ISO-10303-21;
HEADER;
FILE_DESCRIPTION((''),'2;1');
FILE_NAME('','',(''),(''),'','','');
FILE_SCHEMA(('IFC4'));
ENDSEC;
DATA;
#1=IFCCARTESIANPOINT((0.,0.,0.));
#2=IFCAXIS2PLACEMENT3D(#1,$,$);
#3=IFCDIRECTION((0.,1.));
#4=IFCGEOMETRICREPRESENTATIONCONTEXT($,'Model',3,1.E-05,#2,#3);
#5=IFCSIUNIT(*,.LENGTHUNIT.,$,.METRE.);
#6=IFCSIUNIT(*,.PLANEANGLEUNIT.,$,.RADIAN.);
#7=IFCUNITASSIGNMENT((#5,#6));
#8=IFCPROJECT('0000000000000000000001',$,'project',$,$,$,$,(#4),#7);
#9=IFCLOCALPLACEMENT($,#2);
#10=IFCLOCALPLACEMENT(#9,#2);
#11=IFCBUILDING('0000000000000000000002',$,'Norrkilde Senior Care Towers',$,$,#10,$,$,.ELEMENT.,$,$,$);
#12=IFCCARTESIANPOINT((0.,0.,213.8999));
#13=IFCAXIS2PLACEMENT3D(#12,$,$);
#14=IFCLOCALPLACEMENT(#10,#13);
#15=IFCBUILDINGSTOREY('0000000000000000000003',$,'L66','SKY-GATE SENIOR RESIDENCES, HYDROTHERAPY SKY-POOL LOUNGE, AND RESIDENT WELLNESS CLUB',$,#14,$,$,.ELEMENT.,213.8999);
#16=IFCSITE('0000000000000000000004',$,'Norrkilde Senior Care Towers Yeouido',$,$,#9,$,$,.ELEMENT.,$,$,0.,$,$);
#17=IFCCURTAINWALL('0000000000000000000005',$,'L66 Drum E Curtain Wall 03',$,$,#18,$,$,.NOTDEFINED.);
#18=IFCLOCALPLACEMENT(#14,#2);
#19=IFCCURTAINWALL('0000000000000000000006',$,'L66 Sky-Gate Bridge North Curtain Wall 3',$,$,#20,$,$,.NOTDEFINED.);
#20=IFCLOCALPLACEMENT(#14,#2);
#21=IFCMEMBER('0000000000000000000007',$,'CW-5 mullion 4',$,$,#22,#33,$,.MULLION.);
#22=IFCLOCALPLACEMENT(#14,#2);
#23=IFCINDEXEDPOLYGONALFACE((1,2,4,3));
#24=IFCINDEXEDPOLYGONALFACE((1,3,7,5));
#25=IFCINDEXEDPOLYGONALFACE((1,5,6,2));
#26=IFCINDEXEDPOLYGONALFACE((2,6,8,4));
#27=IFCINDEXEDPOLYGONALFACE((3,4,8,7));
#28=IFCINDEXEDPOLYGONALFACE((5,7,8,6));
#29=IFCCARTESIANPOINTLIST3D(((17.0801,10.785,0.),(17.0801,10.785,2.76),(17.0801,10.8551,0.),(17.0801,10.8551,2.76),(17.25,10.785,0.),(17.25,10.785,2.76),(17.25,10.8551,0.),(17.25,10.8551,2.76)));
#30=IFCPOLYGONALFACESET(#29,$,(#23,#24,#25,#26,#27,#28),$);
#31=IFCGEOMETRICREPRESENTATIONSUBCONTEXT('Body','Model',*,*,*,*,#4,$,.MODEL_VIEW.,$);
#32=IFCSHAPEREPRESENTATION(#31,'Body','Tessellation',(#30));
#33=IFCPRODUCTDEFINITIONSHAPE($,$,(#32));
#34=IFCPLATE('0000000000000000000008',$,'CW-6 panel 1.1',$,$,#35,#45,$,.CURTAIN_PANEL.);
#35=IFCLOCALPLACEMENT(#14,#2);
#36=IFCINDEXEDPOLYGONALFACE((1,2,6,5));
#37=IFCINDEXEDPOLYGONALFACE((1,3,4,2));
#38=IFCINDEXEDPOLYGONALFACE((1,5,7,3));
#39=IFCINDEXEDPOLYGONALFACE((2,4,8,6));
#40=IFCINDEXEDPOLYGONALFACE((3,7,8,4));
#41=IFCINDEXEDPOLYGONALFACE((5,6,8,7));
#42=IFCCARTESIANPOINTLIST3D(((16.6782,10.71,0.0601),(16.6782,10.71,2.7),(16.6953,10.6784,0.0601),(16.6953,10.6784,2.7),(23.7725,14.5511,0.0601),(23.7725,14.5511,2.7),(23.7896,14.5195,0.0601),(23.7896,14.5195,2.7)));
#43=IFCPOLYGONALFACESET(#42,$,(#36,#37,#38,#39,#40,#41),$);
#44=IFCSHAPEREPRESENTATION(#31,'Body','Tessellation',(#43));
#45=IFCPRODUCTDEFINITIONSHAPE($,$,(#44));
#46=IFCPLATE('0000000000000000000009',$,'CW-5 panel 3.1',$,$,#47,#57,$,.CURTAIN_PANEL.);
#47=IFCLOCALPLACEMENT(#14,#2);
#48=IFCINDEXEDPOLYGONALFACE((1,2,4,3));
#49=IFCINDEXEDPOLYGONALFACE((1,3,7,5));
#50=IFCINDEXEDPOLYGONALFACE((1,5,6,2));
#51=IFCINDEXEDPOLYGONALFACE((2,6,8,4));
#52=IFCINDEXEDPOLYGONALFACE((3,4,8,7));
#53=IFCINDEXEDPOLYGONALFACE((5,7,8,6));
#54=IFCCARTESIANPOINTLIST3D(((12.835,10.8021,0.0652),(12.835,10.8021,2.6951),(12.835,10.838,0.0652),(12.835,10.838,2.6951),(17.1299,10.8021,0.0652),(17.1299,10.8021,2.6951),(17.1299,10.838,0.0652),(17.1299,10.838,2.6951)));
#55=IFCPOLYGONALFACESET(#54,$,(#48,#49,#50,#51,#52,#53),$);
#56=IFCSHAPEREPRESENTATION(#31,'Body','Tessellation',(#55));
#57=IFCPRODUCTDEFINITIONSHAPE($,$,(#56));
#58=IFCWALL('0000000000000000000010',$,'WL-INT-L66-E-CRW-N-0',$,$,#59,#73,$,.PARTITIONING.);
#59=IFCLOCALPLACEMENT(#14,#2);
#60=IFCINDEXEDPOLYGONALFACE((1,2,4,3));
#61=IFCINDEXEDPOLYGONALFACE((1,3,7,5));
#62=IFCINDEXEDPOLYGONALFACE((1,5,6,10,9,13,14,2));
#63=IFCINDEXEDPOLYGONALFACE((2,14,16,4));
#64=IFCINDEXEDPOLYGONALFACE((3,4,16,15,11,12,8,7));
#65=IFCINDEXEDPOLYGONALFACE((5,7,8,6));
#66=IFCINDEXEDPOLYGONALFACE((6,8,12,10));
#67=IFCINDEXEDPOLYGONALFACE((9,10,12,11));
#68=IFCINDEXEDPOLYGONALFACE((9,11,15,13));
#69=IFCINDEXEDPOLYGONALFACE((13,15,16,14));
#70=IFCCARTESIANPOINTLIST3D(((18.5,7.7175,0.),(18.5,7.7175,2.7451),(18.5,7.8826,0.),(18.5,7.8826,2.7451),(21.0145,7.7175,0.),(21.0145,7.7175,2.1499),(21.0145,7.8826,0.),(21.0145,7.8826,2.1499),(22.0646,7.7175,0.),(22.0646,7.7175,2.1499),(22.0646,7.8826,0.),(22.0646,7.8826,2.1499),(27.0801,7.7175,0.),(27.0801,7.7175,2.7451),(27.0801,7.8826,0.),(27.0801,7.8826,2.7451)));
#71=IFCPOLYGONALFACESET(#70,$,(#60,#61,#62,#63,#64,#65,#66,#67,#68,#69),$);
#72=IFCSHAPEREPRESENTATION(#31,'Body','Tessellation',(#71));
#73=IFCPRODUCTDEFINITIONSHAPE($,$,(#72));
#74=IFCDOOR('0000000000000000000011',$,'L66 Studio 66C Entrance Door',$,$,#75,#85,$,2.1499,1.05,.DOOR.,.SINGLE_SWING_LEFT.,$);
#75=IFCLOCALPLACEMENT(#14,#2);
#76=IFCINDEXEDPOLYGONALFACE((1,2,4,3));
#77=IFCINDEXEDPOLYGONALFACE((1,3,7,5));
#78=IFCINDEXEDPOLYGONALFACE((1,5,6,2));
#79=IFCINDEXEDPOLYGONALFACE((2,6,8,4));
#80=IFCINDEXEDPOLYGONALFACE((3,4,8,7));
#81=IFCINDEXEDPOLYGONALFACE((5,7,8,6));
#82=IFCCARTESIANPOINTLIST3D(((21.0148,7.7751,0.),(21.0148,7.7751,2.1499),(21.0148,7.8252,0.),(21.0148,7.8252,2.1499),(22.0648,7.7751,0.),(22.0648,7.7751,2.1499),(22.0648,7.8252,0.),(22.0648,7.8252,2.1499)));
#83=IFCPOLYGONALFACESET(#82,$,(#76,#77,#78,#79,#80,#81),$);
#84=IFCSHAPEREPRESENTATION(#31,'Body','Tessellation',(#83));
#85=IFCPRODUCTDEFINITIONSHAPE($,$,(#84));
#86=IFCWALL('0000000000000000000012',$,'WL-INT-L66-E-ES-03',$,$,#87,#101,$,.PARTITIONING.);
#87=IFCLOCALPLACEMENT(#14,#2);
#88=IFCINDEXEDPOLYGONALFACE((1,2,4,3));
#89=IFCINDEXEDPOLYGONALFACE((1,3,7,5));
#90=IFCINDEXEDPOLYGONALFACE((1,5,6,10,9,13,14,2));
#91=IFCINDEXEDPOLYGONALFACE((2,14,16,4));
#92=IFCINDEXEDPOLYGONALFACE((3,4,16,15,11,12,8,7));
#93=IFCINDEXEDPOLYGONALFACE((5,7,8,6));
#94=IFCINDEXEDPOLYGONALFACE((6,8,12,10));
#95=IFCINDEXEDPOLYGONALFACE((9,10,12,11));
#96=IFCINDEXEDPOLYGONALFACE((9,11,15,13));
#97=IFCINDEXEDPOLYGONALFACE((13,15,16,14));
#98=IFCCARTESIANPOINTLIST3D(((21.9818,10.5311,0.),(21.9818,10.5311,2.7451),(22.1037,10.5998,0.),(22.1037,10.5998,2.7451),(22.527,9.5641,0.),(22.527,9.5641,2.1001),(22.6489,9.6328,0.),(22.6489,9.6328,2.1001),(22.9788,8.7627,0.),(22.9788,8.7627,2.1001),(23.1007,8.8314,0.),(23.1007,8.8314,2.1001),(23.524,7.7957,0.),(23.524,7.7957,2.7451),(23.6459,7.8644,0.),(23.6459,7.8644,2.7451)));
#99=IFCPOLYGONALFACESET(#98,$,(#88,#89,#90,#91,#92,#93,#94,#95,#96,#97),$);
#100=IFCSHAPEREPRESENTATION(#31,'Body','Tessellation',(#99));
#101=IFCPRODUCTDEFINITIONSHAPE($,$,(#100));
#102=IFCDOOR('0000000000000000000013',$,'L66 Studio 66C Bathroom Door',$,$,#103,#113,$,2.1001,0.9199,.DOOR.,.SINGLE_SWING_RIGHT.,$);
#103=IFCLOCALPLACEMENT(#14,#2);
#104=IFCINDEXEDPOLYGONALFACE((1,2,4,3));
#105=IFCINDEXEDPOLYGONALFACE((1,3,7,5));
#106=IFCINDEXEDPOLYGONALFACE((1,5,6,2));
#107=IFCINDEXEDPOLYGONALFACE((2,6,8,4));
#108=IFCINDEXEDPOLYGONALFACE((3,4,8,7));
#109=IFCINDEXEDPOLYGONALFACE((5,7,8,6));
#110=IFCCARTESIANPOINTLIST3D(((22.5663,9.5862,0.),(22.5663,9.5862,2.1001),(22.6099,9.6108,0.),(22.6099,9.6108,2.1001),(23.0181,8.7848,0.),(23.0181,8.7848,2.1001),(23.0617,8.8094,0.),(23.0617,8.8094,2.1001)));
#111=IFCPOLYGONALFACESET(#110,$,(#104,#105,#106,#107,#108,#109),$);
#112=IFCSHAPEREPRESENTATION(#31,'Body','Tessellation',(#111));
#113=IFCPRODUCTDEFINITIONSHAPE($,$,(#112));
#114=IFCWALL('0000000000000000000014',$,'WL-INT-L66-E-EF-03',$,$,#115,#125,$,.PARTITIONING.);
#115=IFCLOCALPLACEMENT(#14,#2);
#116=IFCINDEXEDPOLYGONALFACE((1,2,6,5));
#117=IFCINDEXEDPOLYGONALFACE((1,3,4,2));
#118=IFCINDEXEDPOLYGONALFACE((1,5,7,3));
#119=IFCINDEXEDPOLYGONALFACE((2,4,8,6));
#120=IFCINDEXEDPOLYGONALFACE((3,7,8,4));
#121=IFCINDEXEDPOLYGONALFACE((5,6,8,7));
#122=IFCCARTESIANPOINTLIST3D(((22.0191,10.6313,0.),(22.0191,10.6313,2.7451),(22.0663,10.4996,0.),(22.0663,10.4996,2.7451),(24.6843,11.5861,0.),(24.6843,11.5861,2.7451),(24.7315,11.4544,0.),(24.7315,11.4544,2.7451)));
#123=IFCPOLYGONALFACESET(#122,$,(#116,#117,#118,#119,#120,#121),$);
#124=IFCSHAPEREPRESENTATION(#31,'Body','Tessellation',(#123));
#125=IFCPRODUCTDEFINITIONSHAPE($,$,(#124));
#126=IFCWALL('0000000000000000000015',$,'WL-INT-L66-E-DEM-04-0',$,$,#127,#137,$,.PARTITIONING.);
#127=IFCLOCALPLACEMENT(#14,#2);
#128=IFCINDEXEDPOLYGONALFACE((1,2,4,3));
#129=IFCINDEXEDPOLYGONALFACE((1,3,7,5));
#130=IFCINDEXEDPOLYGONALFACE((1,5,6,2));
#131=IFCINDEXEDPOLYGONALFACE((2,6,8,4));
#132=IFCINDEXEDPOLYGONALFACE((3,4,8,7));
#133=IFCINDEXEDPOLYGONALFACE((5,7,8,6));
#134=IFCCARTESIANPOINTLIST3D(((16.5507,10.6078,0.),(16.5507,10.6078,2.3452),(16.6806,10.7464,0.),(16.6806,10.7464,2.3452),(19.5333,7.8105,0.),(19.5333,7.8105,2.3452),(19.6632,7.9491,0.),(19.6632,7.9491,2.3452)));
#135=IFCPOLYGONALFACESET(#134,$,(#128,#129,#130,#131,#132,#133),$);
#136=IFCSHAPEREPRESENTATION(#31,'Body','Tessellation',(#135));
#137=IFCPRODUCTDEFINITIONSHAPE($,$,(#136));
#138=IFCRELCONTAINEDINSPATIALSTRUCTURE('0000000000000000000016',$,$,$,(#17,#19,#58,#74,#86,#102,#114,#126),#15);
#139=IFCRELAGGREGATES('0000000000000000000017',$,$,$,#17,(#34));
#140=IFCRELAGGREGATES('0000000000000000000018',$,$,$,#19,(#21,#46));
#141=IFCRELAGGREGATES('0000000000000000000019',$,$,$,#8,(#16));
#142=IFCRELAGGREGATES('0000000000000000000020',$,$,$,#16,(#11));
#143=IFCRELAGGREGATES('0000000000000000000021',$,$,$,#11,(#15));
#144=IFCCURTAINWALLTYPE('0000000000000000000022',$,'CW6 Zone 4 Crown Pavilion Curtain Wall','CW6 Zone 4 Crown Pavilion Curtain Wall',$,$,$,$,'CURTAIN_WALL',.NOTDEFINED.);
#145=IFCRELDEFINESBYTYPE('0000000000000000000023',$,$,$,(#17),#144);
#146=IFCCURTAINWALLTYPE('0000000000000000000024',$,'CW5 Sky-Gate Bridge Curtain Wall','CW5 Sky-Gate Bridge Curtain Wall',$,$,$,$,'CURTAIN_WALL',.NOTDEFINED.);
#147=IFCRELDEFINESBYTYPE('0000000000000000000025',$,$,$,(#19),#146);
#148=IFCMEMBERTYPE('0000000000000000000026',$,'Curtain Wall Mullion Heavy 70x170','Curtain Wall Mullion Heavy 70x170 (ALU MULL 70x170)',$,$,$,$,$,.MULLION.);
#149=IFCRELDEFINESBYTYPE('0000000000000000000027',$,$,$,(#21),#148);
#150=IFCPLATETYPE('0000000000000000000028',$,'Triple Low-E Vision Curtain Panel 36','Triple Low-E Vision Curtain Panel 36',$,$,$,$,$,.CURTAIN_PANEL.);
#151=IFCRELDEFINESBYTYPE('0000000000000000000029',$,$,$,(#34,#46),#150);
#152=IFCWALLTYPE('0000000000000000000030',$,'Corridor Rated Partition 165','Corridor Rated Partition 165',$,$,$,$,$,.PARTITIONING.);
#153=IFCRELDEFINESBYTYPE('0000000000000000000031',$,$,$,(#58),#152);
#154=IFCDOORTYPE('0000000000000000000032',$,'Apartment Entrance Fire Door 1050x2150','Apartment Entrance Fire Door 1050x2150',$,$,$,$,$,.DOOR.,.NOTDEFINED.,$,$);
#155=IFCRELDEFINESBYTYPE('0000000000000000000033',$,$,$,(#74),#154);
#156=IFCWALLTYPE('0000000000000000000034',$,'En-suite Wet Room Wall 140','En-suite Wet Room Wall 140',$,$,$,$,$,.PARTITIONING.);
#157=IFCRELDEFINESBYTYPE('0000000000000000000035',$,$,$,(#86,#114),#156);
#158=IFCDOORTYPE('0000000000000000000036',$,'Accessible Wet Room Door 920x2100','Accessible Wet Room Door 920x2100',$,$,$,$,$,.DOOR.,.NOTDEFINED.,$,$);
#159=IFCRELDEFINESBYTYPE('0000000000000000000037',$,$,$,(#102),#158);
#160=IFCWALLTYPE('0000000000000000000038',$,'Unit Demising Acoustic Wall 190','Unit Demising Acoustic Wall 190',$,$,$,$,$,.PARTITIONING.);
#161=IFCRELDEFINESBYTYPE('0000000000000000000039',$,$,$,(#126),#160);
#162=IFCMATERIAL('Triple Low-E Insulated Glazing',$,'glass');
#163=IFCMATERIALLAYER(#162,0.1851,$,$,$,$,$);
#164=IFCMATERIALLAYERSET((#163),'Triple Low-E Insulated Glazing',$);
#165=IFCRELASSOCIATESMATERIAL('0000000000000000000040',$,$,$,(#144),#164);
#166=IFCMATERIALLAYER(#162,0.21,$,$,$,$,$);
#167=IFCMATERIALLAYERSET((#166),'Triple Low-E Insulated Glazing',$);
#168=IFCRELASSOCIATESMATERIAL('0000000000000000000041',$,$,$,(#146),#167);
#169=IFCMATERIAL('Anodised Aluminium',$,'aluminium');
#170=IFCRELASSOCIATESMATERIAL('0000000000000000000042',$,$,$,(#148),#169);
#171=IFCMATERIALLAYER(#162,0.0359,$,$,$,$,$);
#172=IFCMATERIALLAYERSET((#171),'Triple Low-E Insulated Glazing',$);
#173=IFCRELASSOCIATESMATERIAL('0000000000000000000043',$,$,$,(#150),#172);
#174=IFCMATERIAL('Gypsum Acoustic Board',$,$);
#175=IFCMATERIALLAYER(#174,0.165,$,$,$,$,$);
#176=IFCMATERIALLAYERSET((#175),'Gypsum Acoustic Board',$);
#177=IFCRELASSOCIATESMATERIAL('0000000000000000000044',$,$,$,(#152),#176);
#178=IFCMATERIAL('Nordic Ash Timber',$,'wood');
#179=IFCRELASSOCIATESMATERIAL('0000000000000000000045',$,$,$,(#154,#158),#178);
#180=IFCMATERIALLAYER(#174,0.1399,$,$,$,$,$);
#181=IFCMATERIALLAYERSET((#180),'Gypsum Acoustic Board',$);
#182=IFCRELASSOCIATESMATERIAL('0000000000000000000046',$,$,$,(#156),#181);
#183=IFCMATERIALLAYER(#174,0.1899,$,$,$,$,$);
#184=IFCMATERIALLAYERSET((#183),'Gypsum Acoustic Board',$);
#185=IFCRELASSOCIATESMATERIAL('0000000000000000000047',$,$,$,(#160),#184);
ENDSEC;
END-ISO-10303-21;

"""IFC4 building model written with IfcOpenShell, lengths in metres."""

from ifc_helpers import new_model, si_unit, direction, frame, frame_2d, origin, origin_2d, place, context, subcontext, project, spatial, rectangle, extrude, source, transform, mapped, material, layer, layer_set, material_profile, profile_set, type_object, type_shapes, element, fill, aggregate, save


model = new_model("IFC4")

# Units and contexts
model_context = context("Model", 3, precision=1e-05, world=origin(), true_north=direction((0.0, 1.0)))
body_context = subcontext(model_context, "Body", "Model", "MODEL_VIEW")
ifc_project = project(units=[si_unit("LENGTHUNIT", "METRE"), si_unit("PLANEANGLEUNIT", "RADIAN")], contexts=[model_context])

# Site, building, storey
site_placement = place(None, origin())
site = spatial("IfcSite", under=ifc_project, at=site_placement, Name="Norrkilde Senior Care Towers Yeouido", CompositionType="ELEMENT", RefElevation=0.0)
building_placement = place(site_placement, origin())
building = spatial("IfcBuilding", under=site, at=building_placement, Name="Norrkilde Senior Care Towers", CompositionType="ELEMENT")
storey_placement = place(building_placement, frame((0.0, 0.0, 213.8999)))
storey = spatial("IfcBuildingStorey", under=building, at=storey_placement, Name="L66", Description="SKY-GATE SENIOR RESIDENCES, HYDROTHERAPY SKY-POOL LOUNGE, AND RESIDENT WELLNESS CLUB", CompositionType="ELEMENT", Elevation=213.8999)

# Curtain walls, member
ifc_material_1 = material(Name="Triple Low-E Insulated Glazing", Category="glass")
ifc_layer_1 = layer(ifc_material_1, 0.1851)
ifc_layer_set_1 = layer_set([ifc_layer_1], Name="Triple Low-E Insulated Glazing")
curtain_wall_type_1 = type_object("IfcCurtainWallType", Name="CW6 Zone 4 Crown Pavilion Curtain Wall", Description="CW6 Zone 4 Crown Pavilion Curtain Wall", ElementType="CURTAIN_WALL", PredefinedType="NOTDEFINED", material=ifc_layer_set_1)
curtain_wall_1_placement = place(storey_placement, origin())
curtain_wall_1 = element("IfcCurtainWall", 1, at=curtain_wall_1_placement, inside=storey, type_object=curtain_wall_type_1, Name="L66 Drum E Curtain Wall 03", PredefinedType="NOTDEFINED")
ifc_material_2 = material(Name="Anodised Aluminium", Category="aluminium")
ifc_layer_2 = layer(ifc_material_1, 0.21)
ifc_layer_set_2 = layer_set([ifc_layer_2], Name="Triple Low-E Insulated Glazing")
curtain_wall_type_2 = type_object("IfcCurtainWallType", Name="CW5 Sky-Gate Bridge Curtain Wall", Description="CW5 Sky-Gate Bridge Curtain Wall", ElementType="CURTAIN_WALL", PredefinedType="NOTDEFINED", material=ifc_layer_set_2)
curtain_wall_2_placement = place(storey_placement, origin())
curtain_wall_2 = element("IfcCurtainWall", 2, at=curtain_wall_2_placement, inside=storey, type_object=curtain_wall_type_2, Name="L66 Sky-Gate Bridge North Curtain Wall 3", PredefinedType="NOTDEFINED")
ifc_material_profile_1 = material_profile(ifc_material_2, rectangle(XDim=0.0701, YDim=0.1699, at=origin_2d()), Name="ALU MULL 70x170")
ifc_profile_set_1 = profile_set([ifc_material_profile_1], Name="Anodised Aluminium")
member_type_1 = type_object("IfcMemberType", Name="Curtain Wall Mullion Heavy 70x170", Description="Curtain Wall Mullion Heavy 70x170 (ALU MULL 70x170)", PredefinedType="MULLION", material=ifc_profile_set_1)
shared_shape_1 = source(origin(), body_context, "Body", "SweptSolid", [
    extrude(rectangle(XDim=0.0701, YDim=0.1699, at=origin_2d()), origin(), (0.0, 0.0, 1.0), 2.76),
])
type_shapes(member_type_1, [shared_shape_1])
member_1_placement = place(storey_placement, frame((17.165, 10.8201, 0.0), z_axis=(0.0, 0.0, 1.0), x_axis=(0.0, 1.0, 0.0)))
member_1 = element("IfcMember", 3, at=member_1_placement, type_object=member_type_1, Name="CW-5 mullion 4", PredefinedType="MULLION", context=body_context, shape_type="MappedRepresentation", body=[
    mapped(shared_shape_1, transform((0.0, 0.0, 0.0), x_axis=(1.0, 0.0, 0.0), y_axis=(0.0, 1.0, 0.0), z_axis=(0.0, 0.0, 1.0), scale=1.0)),
])

# Plates
ifc_layer_3 = layer(ifc_material_1, 0.0359)
ifc_layer_set_3 = layer_set([ifc_layer_3], Name="Triple Low-E Insulated Glazing")
plate_type = type_object("IfcPlateType", Name="Triple Low-E Vision Curtain Panel 36", Description="Triple Low-E Vision Curtain Panel 36", PredefinedType="CURTAIN_PANEL", material=ifc_layer_set_3)
shared_shape_2 = source(origin(), body_context, "Body", "SweptSolid", [
    extrude(rectangle(XDim=8.0674, YDim=0.0359, at=origin_2d()), origin(), (0.0, 0.0, 1.0), 2.6399),
])
plate_1_placement = place(storey_placement, frame((20.2339, 12.6147, 0.0601), z_axis=(0.0, 0.0, 1.0), x_axis=(0.879373, 0.476133, 0.0)))
plate_1 = element("IfcPlate", 4, at=plate_1_placement, type_object=plate_type, Name="CW-6 panel 1.1", PredefinedType="CURTAIN_PANEL", context=body_context, shape_type="MappedRepresentation", body=[
    mapped(shared_shape_2, transform((0.0, 0.0, 0.0), x_axis=(1.0, 0.0, 0.0), y_axis=(0.0, 1.0, 0.0), z_axis=(0.0, 0.0, 1.0), scale=1.0)),
])
aggregate(curtain_wall_1, [plate_1])
shared_shape_3 = source(origin(), body_context, "Body", "SweptSolid", [
    extrude(rectangle(XDim=4.2949, YDim=0.0359, at=origin_2d()), origin(), (0.0, 0.0, 1.0), 2.6299),
])
type_shapes(plate_type, [shared_shape_2, shared_shape_3])
plate_2_placement = place(storey_placement, frame((14.9824, 10.8201, 0.0652), z_axis=(0.0, 0.0, 1.0), x_axis=(1.0, 0.0, 0.0)))
plate_2 = element("IfcPlate", 5, at=plate_2_placement, type_object=plate_type, Name="CW-5 panel 3.1", PredefinedType="CURTAIN_PANEL", context=body_context, shape_type="MappedRepresentation", body=[
    mapped(shared_shape_3, transform((0.0, 0.0, 0.0), x_axis=(1.0, 0.0, 0.0), y_axis=(0.0, 1.0, 0.0), z_axis=(0.0, 0.0, 1.0), scale=1.0)),
])
aggregate(curtain_wall_2, [member_1, plate_2])

# Walls, openings, doors
ifc_material_3 = material(Name="Gypsum Acoustic Board")
ifc_layer_4 = layer(ifc_material_3, 0.165)
ifc_layer_set_4 = layer_set([ifc_layer_4], Name="Gypsum Acoustic Board")
wall_type_1 = type_object("IfcWallType", Name="Corridor Rated Partition 165", Description="Corridor Rated Partition 165", PredefinedType="PARTITIONING", material=ifc_layer_set_4)
shared_shape_4 = source(origin(), body_context, "Body", "SweptSolid", [
    extrude(rectangle(XDim=8.5801, YDim=0.165, at=frame_2d((4.29, 0.0))), origin(), (0.0, 0.0, 1.0), 2.7451),
])
type_shapes(wall_type_1, [shared_shape_4])
wall_1_placement = place(storey_placement, frame((18.5, 7.8, 0.0), z_axis=(0.0, 0.0, 1.0), x_axis=(1.0, 0.0, 0.0)))
wall_1 = element("IfcWall", 6, at=wall_1_placement, inside=storey, type_object=wall_type_1, Name="WL-INT-L66-E-CRW-N-0", PredefinedType="PARTITIONING", context=body_context, shape_type="MappedRepresentation", body=[
    mapped(shared_shape_4, transform((0.0, 0.0, 0.0), x_axis=(1.0, 0.0, 0.0), y_axis=(0.0, 1.0, 0.0), z_axis=(0.0, 0.0, 1.0), scale=1.0)),
])
opening_1_placement = place(wall_1_placement, frame((2.5146, 0.0, 0.0)))
opening_1 = element("IfcOpeningElement", 7, at=opening_1_placement, cuts=wall_1, PredefinedType="OPENING", context=body_context, shape_type="SweptSolid", body=[
    extrude(rectangle(XDim=1.05, YDim=2.1499, at=frame_2d((0.5249, 1.075))), frame((0.0, 0.0925, 0.0), z_axis=(0.0, -1.0, 0.0), x_axis=(1.0, 0.0, 0.0)), (0.0, 0.0, 1.0), 0.1851),
])
ifc_material_4 = material(Name="Nordic Ash Timber", Category="wood")
door_type_1 = type_object("IfcDoorType", Name="Apartment Entrance Fire Door 1050x2150", Description="Apartment Entrance Fire Door 1050x2150", OperationType="NOTDEFINED", PredefinedType="DOOR", material=ifc_material_4)
shared_shape_5 = source(origin(), body_context, "Body", "SweptSolid", [
    extrude(rectangle(XDim=1.05, YDim=2.1499, at=frame_2d((0.5249, 1.075))), frame((0.0, 0.0249, 0.0), z_axis=(0.0, -1.0, 0.0), x_axis=(1.0, 0.0, 0.0)), (0.0, 0.0, 1.0), 0.05),
])
type_shapes(door_type_1, [shared_shape_5])
door_1_placement = place(opening_1_placement, frame((1.05, 0.0, 0.0), z_axis=(0.0, 0.0, 1.0), x_axis=(-1.0, 0.0, 0.0)))
door_1 = element("IfcDoor", 8, at=door_1_placement, inside=storey, type_object=door_type_1, Name="L66 Studio 66C Entrance Door", OperationType="SINGLE_SWING_LEFT", OverallHeight=2.1499, OverallWidth=1.05, PredefinedType="DOOR", context=body_context, shape_type="MappedRepresentation", body=[
    mapped(shared_shape_5, transform((0.0, 0.0, 0.0), x_axis=(1.0, 0.0, 0.0), y_axis=(0.0, 1.0, 0.0), z_axis=(0.0, 0.0, 1.0), scale=1.0)),
])
fill(opening_1, door_1)
ifc_layer_5 = layer(ifc_material_3, 0.1399)
ifc_layer_set_5 = layer_set([ifc_layer_5], Name="Gypsum Acoustic Board")
wall_type_2 = type_object("IfcWallType", Name="En-suite Wet Room Wall 140", Description="En-suite Wet Room Wall 140", PredefinedType="PARTITIONING", material=ifc_layer_set_5)
shared_shape_6 = source(origin(), body_context, "Body", "SweptSolid", [
    extrude(rectangle(XDim=3.1401, YDim=0.1399, at=frame_2d((1.5701, 0.0))), origin(), (0.0, 0.0, 1.0), 2.7451),
])
wall_2_placement = place(storey_placement, frame((23.585, 7.8301, 0.0), z_axis=(0.0, 0.0, 1.0), x_axis=(-0.491132, 0.871085, 0.0)))
wall_2 = element("IfcWall", 9, at=wall_2_placement, inside=storey, type_object=wall_type_2, Name="WL-INT-L66-E-ES-03", PredefinedType="PARTITIONING", context=body_context, shape_type="MappedRepresentation", body=[
    mapped(shared_shape_6, transform((0.0, 0.0, 0.0), x_axis=(1.0, 0.0, 0.0), y_axis=(0.0, 1.0, 0.0), z_axis=(0.0, 0.0, 1.0), scale=1.0)),
])
opening_2_placement = place(wall_2_placement, frame((1.1101, 0.0, 0.0)))
opening_2 = element("IfcOpeningElement", 10, at=opening_2_placement, cuts=wall_2, PredefinedType="OPENING", context=body_context, shape_type="SweptSolid", body=[
    extrude(rectangle(XDim=0.9199, YDim=2.1001, at=frame_2d((0.46, 1.05))), frame((0.0, 0.0798, 0.0), z_axis=(0.0, -1.0, 0.0), x_axis=(1.0, 0.0, 0.0)), (0.0, 0.0, 1.0), 0.1599),
])
door_type_2 = type_object("IfcDoorType", Name="Accessible Wet Room Door 920x2100", Description="Accessible Wet Room Door 920x2100", OperationType="NOTDEFINED", PredefinedType="DOOR", material=ifc_material_4)
shared_shape_7 = source(origin(), body_context, "Body", "SweptSolid", [
    extrude(rectangle(XDim=0.9199, YDim=2.1001, at=frame_2d((0.46, 1.05))), frame((0.0, 0.0249, 0.0), z_axis=(0.0, -1.0, 0.0), x_axis=(1.0, 0.0, 0.0)), (0.0, 0.0, 1.0), 0.05),
])
type_shapes(door_type_2, [shared_shape_7])
door_2_placement = place(opening_2_placement, origin())
door_2 = element("IfcDoor", 11, at=door_2_placement, inside=storey, type_object=door_type_2, Name="L66 Studio 66C Bathroom Door", OperationType="SINGLE_SWING_RIGHT", OverallHeight=2.1001, OverallWidth=0.9199, PredefinedType="DOOR", context=body_context, shape_type="MappedRepresentation", body=[
    mapped(shared_shape_7, transform((0.0, 0.0, 0.0), x_axis=(1.0, 0.0, 0.0), y_axis=(0.0, 1.0, 0.0), z_axis=(0.0, 0.0, 1.0), scale=1.0)),
])
fill(opening_2, door_2)

# Walls
shared_shape_8 = source(origin(), body_context, "Body", "SweptSolid", [
    extrude(rectangle(XDim=2.8311, YDim=0.1399, at=frame_2d((1.4155, 0.0))), origin(), (0.0, 0.0, 1.0), 2.7451),
])
type_shapes(wall_type_2, [shared_shape_6, shared_shape_8])
wall_3_placement = place(storey_placement, frame((22.0427, 10.5654, 0.0), z_axis=(0.0, 0.0, 1.0), x_axis=(0.941412, 0.337259, 0.0)))
element("IfcWall", 12, at=wall_3_placement, inside=storey, type_object=wall_type_2, Name="WL-INT-L66-E-EF-03", PredefinedType="PARTITIONING", context=body_context, shape_type="MappedRepresentation", body=[
    mapped(shared_shape_8, transform((0.0, 0.0, 0.0), x_axis=(1.0, 0.0, 0.0), y_axis=(0.0, 1.0, 0.0), z_axis=(0.0, 0.0, 1.0), scale=1.0)),
])
ifc_layer_6 = layer(ifc_material_3, 0.1899)
ifc_layer_set_6 = layer_set([ifc_layer_6], Name="Gypsum Acoustic Board")
wall_type_3 = type_object("IfcWallType", Name="Unit Demising Acoustic Wall 190", Description="Unit Demising Acoustic Wall 190", PredefinedType="PARTITIONING", material=ifc_layer_set_6)
shared_shape_9 = source(origin(), body_context, "Body", "SweptSolid", [
    extrude(rectangle(XDim=4.0891, YDim=0.1899, at=frame_2d((2.0444, 0.0))), origin(), (0.0, 0.0, 1.0), 2.3452),
])
type_shapes(wall_type_3, [shared_shape_9])
wall_4_placement = place(storey_placement, frame((19.5981, 7.8799, 0.0), z_axis=(0.0, 0.0, 1.0), x_axis=(-0.729401, 0.684086, 0.0)))
element("IfcWall", 13, at=wall_4_placement, inside=storey, type_object=wall_type_3, Name="WL-INT-L66-E-DEM-04-0", PredefinedType="PARTITIONING", context=body_context, shape_type="MappedRepresentation", body=[
    mapped(shared_shape_9, transform((0.0, 0.0, 0.0), x_axis=(1.0, 0.0, 0.0), y_axis=(0.0, 1.0, 0.0), z_axis=(0.0, 0.0, 1.0), scale=1.0)),
])

save(model, "model.ifc")
